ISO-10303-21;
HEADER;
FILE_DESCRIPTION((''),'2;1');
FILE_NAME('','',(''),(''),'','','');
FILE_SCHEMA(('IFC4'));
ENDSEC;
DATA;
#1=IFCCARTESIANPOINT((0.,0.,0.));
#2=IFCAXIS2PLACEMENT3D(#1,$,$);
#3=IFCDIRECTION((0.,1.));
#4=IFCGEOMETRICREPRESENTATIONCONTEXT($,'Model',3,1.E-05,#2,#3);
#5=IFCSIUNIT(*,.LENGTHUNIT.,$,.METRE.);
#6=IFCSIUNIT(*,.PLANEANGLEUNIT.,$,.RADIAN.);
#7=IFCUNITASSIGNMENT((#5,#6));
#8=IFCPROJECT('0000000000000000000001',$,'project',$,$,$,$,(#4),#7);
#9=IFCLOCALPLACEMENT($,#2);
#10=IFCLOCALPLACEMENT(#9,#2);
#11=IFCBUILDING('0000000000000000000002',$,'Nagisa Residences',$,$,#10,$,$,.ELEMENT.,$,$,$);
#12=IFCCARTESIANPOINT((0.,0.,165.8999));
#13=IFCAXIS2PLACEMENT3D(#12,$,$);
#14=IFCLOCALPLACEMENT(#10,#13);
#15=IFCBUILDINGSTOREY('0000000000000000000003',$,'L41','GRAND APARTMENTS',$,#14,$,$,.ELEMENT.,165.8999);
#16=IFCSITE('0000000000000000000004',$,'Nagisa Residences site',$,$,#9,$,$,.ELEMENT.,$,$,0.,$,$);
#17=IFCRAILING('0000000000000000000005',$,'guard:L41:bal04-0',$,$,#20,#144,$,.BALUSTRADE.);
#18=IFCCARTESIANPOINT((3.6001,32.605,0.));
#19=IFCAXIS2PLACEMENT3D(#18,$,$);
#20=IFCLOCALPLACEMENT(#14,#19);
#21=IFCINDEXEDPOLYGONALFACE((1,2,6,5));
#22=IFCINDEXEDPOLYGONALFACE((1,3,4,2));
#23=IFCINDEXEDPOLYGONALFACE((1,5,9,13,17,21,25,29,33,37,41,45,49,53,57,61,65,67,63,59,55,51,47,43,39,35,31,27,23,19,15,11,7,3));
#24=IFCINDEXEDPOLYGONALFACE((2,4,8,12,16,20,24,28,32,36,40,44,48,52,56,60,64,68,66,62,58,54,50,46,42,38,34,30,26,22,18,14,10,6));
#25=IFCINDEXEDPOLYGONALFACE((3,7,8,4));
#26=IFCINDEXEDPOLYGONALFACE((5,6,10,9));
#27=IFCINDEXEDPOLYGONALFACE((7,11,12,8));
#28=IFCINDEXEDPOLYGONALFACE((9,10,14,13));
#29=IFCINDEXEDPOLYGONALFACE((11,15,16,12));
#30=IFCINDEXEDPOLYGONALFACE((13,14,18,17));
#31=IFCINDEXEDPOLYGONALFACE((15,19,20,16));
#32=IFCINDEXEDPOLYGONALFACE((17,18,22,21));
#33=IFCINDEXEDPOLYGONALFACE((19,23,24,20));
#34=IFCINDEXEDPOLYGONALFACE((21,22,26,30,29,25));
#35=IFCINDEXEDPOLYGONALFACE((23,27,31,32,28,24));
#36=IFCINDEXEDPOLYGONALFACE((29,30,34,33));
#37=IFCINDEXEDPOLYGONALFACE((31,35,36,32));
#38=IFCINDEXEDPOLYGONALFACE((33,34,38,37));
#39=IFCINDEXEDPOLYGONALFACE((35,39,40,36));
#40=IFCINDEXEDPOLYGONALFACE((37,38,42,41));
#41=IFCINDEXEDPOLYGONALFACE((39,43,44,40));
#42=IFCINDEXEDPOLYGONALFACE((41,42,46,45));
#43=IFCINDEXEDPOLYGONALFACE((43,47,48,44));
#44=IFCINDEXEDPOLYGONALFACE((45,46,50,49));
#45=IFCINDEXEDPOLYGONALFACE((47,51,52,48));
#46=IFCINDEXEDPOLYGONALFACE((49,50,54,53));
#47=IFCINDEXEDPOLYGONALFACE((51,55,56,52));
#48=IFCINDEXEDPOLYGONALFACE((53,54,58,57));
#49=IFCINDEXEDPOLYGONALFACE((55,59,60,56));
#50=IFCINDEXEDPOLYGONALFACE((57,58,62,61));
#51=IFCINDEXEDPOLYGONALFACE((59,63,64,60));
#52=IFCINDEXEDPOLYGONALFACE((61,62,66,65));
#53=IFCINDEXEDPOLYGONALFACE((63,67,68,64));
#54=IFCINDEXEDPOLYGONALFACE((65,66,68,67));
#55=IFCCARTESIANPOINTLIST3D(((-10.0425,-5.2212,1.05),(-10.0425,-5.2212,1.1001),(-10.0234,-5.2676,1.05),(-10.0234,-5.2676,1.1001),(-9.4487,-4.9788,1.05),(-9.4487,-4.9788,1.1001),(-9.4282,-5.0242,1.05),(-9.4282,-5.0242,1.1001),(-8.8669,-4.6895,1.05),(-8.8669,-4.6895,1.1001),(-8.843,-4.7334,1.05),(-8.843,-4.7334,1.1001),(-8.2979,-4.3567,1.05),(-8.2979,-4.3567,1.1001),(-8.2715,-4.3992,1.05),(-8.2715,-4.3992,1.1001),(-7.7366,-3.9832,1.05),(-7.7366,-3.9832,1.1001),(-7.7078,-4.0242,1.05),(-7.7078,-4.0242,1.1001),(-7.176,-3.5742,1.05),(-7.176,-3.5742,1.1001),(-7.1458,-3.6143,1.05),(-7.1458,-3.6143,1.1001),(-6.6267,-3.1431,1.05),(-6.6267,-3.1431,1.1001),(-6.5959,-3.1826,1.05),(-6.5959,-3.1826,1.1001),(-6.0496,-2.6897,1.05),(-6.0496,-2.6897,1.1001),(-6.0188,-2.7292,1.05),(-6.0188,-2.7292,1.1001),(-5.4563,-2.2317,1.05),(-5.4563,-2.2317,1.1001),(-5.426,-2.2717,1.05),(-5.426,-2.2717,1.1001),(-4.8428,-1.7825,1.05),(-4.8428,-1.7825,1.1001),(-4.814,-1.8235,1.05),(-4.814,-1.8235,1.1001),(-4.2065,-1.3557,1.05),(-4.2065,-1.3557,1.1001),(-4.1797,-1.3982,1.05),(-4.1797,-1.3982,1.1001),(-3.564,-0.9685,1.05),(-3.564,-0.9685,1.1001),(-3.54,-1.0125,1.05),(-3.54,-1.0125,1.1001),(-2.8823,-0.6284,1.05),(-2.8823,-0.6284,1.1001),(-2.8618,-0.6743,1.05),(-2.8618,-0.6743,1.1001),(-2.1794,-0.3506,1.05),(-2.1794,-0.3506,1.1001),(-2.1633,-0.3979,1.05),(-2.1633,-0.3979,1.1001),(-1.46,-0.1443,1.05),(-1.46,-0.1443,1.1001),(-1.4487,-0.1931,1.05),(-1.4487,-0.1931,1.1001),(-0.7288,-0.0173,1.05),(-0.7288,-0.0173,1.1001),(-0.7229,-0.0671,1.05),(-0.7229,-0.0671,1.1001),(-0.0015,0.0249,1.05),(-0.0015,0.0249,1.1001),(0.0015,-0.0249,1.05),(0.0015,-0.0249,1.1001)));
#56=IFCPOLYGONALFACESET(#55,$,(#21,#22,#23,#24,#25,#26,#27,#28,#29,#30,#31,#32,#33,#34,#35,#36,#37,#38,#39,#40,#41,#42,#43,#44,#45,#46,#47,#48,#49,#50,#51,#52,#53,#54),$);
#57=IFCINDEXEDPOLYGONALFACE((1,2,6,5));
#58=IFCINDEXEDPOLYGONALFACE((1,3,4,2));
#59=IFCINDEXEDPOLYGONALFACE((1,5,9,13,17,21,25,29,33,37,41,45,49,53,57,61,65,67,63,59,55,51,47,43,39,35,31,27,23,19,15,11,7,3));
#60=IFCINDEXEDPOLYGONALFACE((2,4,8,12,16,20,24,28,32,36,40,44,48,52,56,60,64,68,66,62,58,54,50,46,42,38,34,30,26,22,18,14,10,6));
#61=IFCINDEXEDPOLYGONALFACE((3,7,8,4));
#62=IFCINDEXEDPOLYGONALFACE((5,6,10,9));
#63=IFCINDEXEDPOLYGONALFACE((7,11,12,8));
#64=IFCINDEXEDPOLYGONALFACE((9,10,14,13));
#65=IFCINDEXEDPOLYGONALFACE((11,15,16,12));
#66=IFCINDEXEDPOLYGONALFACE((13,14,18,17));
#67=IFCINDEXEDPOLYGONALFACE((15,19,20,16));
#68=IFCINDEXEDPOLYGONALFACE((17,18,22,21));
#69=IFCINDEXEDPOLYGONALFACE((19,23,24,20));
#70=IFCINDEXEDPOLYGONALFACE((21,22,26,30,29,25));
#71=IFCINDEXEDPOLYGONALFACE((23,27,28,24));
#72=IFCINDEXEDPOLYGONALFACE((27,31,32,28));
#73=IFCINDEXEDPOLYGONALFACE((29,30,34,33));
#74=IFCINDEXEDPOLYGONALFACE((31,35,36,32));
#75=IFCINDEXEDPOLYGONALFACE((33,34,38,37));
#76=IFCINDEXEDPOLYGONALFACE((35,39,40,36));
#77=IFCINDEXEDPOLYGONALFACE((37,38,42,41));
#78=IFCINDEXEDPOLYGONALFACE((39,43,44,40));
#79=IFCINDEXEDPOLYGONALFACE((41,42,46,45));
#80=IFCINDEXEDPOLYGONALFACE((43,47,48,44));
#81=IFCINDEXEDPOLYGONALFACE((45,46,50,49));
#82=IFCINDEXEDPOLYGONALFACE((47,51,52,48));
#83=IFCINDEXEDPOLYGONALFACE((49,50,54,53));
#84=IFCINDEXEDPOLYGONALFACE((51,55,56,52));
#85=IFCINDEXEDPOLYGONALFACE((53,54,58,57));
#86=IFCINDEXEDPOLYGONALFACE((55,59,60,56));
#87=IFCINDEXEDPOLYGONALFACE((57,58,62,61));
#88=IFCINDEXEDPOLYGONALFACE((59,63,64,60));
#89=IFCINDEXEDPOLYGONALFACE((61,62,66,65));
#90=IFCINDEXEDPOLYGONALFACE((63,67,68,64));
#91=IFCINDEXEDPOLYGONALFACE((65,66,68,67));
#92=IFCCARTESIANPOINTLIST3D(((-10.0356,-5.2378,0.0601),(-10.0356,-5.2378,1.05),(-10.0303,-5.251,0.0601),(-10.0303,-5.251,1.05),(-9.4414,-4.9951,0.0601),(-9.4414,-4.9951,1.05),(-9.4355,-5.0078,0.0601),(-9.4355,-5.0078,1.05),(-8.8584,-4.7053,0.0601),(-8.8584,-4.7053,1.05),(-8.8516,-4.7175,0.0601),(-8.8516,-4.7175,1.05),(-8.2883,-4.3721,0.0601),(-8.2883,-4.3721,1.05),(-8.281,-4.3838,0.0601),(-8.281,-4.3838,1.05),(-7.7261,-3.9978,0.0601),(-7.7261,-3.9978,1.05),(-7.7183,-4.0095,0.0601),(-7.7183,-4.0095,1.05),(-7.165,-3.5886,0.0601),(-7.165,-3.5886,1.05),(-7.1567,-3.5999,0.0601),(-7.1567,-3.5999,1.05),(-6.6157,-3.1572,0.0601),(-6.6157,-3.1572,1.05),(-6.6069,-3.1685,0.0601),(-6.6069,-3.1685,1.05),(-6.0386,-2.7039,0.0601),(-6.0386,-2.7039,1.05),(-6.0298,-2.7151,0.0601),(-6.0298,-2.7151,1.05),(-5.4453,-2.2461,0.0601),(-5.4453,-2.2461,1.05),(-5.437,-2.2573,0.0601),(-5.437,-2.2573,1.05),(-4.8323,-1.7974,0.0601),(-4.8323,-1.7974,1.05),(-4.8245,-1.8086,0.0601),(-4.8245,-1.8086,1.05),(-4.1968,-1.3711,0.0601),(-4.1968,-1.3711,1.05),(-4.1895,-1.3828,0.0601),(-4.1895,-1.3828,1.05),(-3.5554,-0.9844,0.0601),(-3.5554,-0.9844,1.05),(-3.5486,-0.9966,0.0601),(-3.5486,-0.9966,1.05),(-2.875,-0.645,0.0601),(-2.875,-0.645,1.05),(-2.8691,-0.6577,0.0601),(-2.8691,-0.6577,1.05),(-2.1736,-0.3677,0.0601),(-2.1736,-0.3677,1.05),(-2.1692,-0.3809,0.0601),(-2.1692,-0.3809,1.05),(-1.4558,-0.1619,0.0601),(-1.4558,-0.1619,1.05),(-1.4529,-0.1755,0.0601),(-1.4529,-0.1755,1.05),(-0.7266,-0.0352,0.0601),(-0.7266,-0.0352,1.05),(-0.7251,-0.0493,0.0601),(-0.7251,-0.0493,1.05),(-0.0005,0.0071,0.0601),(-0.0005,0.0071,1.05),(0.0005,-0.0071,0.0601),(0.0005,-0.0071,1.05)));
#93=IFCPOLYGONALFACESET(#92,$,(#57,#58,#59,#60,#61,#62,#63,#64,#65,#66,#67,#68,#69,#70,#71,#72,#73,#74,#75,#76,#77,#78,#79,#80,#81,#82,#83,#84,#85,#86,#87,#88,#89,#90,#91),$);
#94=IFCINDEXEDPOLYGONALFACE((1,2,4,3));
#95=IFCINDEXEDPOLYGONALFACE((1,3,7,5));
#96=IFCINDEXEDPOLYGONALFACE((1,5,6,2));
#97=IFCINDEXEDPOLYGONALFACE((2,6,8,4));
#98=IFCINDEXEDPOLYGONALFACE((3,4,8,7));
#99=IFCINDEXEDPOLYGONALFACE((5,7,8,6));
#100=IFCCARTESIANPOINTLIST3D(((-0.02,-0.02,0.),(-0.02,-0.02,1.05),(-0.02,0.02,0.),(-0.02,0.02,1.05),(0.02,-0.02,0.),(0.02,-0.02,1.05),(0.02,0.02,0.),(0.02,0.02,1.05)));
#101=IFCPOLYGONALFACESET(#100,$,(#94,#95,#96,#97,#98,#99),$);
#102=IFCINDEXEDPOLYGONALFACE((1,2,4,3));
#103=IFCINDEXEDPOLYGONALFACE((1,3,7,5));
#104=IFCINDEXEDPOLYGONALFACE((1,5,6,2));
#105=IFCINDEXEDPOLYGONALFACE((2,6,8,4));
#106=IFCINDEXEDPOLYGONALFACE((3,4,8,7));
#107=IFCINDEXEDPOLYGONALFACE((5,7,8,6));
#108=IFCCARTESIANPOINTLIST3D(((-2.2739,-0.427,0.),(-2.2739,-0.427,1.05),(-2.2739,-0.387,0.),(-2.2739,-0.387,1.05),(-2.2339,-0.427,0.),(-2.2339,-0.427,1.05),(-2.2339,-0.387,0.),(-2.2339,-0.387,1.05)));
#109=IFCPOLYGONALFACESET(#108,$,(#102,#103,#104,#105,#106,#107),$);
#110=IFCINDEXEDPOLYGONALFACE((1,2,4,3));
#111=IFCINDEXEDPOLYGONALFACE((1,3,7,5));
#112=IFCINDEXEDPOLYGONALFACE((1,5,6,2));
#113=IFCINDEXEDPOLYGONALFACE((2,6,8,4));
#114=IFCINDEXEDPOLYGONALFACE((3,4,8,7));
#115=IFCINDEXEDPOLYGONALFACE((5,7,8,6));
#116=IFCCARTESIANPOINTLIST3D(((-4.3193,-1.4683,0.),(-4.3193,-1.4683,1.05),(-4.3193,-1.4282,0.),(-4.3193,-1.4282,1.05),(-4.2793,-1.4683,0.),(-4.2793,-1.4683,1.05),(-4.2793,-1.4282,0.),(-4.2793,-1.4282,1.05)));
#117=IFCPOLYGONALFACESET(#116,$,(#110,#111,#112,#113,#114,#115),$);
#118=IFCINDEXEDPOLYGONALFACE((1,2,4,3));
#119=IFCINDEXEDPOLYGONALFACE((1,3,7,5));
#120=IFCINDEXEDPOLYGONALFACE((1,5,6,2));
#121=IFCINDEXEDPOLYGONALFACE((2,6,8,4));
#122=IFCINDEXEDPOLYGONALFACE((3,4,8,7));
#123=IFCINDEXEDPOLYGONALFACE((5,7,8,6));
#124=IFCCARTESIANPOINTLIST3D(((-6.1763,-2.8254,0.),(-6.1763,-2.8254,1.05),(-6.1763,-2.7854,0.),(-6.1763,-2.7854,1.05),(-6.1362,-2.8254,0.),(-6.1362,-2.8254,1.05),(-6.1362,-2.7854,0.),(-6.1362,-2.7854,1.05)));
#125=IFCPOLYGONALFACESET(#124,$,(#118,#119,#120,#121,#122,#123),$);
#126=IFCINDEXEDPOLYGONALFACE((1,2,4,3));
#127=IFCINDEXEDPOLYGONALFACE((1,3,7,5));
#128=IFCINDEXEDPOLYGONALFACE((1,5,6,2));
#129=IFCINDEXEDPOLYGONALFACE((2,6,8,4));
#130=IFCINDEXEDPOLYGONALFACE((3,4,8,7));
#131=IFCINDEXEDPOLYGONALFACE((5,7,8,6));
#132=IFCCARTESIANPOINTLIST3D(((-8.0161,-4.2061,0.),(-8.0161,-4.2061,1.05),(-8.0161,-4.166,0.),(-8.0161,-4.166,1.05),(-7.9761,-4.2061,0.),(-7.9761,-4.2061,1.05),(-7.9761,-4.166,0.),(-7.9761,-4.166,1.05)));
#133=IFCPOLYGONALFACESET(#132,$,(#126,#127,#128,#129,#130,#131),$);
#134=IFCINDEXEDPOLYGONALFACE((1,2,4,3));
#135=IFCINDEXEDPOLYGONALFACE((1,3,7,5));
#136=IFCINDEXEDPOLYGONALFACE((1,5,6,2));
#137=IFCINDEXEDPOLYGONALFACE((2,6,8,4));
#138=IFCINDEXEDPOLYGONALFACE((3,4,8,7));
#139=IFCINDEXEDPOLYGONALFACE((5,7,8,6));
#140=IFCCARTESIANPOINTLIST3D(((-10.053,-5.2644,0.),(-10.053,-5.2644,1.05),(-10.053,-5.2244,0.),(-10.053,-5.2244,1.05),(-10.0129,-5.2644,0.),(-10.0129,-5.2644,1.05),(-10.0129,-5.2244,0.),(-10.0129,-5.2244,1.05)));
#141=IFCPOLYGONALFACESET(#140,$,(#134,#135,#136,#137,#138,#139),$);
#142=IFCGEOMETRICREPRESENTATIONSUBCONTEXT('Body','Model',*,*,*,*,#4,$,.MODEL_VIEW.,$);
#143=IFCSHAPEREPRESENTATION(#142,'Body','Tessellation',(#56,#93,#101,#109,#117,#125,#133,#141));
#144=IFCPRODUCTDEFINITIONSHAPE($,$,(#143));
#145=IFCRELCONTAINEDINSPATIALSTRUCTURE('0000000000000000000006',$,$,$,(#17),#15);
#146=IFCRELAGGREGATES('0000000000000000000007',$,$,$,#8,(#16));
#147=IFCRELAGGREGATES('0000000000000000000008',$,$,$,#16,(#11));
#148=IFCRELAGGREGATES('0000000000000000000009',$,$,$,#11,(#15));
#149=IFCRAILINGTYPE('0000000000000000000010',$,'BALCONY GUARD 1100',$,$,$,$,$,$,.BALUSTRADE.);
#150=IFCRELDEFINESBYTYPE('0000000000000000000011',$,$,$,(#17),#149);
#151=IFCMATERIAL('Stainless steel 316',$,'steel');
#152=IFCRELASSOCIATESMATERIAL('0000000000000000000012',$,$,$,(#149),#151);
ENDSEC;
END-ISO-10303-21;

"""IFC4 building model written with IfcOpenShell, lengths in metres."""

from ifc_helpers import new_model, si_unit, direction, frame, origin, origin_2d, place, context, subcontext, project, spatial, polyline, rectangle, outline, extrude, material, type_object, element, save


model = new_model("IFC4")

# Units and contexts
model_context = context("Model", 3, precision=1e-05, world=origin(), true_north=direction((0.0, 1.0)))
body_context = subcontext(model_context, "Body", "Model", "MODEL_VIEW")
ifc_project = project(units=[si_unit("LENGTHUNIT", "METRE"), si_unit("PLANEANGLEUNIT", "RADIAN")], contexts=[model_context])

# Site, building, storey
site_placement = place(None, origin())
site = spatial("IfcSite", under=ifc_project, at=site_placement, Name="Nagisa Residences site", CompositionType="ELEMENT", RefElevation=0.0)
building_placement = place(site_placement, origin())
building = spatial("IfcBuilding", under=site, at=building_placement, Name="Nagisa Residences", CompositionType="ELEMENT")
storey_placement = place(building_placement, frame((0.0, 0.0, 165.8999)))
storey = spatial("IfcBuildingStorey", under=building, at=storey_placement, Name="L41", Description="GRAND APARTMENTS", CompositionType="ELEMENT", Elevation=165.8999)

# Railing
ifc_material_1 = material(Name="Stainless steel 316", Category="steel")
railing_type = type_object("IfcRailingType", Name="BALCONY GUARD 1100", PredefinedType="BALUSTRADE", material=ifc_material_1)
railing_placement = place(storey_placement, frame((3.6001, 32.605, 0.0)))
element("IfcRailing", 1, at=railing_placement, inside=storey, type_object=railing_type, Name="guard:L41:bal04-0", PredefinedType="BALUSTRADE", context=body_context, shape_type="SweptSolid", body=[
    extrude(outline(polyline([(-0.7229, -0.0671), (0.0015, -0.0249), (-0.0015, 0.0249), (-0.7288, -0.0173), (-1.46, -0.1443), (-2.1794, -0.3506), (-2.8823, -0.6284), (-3.564, -0.9685), (-4.2065, -1.3557), (-4.8428, -1.7825), (-5.4563, -2.2317), (-6.0496, -2.6897), (-6.6267, -3.1431), (-7.176, -3.5742), (-7.7366, -3.9832), (-8.2979, -4.3567), (-8.8669, -4.6895), (-9.4487, -4.9788), (-10.0425, -5.2212), (-10.0234, -5.2676), (-9.4282, -5.0242), (-8.843, -4.7334), (-8.2715, -4.3992), (-7.7078, -4.0242), (-7.1458, -3.6143), (-6.5959, -3.1826), (-6.0188, -2.7292), (-5.426, -2.2717), (-4.814, -1.8235), (-4.1797, -1.3982), (-3.54, -1.0125), (-2.8618, -0.6743), (-2.1633, -0.3979), (-1.4487, -0.1931), (-0.7229, -0.0671)])), frame((0.0, 0.0, 1.05)), (0.0, 0.0, 1.0), 0.05),
    extrude(outline(polyline([(-0.7251, -0.0493), (0.0005, -0.0071), (-0.0005, 0.0071), (-0.7266, -0.0352), (-1.4558, -0.1619), (-2.1736, -0.3677), (-2.875, -0.645), (-3.5554, -0.9844), (-4.1968, -1.3711), (-4.8323, -1.7974), (-5.4453, -2.2461), (-6.0386, -2.7039), (-6.6157, -3.1572), (-7.165, -3.5886), (-7.7261, -3.9978), (-8.2883, -4.3721), (-8.8584, -4.7053), (-9.4414, -4.9951), (-10.0356, -5.2378), (-10.0303, -5.251), (-9.4355, -5.0078), (-8.8516, -4.7175), (-8.281, -4.3838), (-7.7183, -4.0095), (-7.1567, -3.5999), (-6.6069, -3.1685), (-6.0298, -2.7151), (-5.437, -2.2573), (-4.8245, -1.8086), (-4.1895, -1.3828), (-3.5486, -0.9966), (-2.8691, -0.6577), (-2.1692, -0.3809), (-1.4529, -0.1755), (-0.7251, -0.0493)])), frame((0.0, 0.0, 0.0601)), (0.0, 0.0, 1.0), 0.99),
    extrude(rectangle(XDim=0.04, YDim=0.04, at=origin_2d()), origin(), (0.0, 0.0, 1.0), 1.05),
    extrude(rectangle(XDim=0.04, YDim=0.04, at=origin_2d()), frame((-2.2539, -0.407, 0.0)), (0.0, 0.0, 1.0), 1.05),
    extrude(rectangle(XDim=0.04, YDim=0.04, at=origin_2d()), frame((-4.2993, -1.4482, 0.0)), (0.0, 0.0, 1.0), 1.05),
    extrude(rectangle(XDim=0.04, YDim=0.04, at=origin_2d()), frame((-6.1562, -2.8054, 0.0)), (0.0, 0.0, 1.0), 1.05),
    extrude(rectangle(XDim=0.04, YDim=0.04, at=origin_2d()), frame((-7.9961, -4.186, 0.0)), (0.0, 0.0, 1.0), 1.05),
    extrude(rectangle(XDim=0.04, YDim=0.04, at=origin_2d()), frame((-10.033, -5.2444, 0.0)), (0.0, 0.0, 1.0), 1.05),
])

save(model, "model.ifc")
